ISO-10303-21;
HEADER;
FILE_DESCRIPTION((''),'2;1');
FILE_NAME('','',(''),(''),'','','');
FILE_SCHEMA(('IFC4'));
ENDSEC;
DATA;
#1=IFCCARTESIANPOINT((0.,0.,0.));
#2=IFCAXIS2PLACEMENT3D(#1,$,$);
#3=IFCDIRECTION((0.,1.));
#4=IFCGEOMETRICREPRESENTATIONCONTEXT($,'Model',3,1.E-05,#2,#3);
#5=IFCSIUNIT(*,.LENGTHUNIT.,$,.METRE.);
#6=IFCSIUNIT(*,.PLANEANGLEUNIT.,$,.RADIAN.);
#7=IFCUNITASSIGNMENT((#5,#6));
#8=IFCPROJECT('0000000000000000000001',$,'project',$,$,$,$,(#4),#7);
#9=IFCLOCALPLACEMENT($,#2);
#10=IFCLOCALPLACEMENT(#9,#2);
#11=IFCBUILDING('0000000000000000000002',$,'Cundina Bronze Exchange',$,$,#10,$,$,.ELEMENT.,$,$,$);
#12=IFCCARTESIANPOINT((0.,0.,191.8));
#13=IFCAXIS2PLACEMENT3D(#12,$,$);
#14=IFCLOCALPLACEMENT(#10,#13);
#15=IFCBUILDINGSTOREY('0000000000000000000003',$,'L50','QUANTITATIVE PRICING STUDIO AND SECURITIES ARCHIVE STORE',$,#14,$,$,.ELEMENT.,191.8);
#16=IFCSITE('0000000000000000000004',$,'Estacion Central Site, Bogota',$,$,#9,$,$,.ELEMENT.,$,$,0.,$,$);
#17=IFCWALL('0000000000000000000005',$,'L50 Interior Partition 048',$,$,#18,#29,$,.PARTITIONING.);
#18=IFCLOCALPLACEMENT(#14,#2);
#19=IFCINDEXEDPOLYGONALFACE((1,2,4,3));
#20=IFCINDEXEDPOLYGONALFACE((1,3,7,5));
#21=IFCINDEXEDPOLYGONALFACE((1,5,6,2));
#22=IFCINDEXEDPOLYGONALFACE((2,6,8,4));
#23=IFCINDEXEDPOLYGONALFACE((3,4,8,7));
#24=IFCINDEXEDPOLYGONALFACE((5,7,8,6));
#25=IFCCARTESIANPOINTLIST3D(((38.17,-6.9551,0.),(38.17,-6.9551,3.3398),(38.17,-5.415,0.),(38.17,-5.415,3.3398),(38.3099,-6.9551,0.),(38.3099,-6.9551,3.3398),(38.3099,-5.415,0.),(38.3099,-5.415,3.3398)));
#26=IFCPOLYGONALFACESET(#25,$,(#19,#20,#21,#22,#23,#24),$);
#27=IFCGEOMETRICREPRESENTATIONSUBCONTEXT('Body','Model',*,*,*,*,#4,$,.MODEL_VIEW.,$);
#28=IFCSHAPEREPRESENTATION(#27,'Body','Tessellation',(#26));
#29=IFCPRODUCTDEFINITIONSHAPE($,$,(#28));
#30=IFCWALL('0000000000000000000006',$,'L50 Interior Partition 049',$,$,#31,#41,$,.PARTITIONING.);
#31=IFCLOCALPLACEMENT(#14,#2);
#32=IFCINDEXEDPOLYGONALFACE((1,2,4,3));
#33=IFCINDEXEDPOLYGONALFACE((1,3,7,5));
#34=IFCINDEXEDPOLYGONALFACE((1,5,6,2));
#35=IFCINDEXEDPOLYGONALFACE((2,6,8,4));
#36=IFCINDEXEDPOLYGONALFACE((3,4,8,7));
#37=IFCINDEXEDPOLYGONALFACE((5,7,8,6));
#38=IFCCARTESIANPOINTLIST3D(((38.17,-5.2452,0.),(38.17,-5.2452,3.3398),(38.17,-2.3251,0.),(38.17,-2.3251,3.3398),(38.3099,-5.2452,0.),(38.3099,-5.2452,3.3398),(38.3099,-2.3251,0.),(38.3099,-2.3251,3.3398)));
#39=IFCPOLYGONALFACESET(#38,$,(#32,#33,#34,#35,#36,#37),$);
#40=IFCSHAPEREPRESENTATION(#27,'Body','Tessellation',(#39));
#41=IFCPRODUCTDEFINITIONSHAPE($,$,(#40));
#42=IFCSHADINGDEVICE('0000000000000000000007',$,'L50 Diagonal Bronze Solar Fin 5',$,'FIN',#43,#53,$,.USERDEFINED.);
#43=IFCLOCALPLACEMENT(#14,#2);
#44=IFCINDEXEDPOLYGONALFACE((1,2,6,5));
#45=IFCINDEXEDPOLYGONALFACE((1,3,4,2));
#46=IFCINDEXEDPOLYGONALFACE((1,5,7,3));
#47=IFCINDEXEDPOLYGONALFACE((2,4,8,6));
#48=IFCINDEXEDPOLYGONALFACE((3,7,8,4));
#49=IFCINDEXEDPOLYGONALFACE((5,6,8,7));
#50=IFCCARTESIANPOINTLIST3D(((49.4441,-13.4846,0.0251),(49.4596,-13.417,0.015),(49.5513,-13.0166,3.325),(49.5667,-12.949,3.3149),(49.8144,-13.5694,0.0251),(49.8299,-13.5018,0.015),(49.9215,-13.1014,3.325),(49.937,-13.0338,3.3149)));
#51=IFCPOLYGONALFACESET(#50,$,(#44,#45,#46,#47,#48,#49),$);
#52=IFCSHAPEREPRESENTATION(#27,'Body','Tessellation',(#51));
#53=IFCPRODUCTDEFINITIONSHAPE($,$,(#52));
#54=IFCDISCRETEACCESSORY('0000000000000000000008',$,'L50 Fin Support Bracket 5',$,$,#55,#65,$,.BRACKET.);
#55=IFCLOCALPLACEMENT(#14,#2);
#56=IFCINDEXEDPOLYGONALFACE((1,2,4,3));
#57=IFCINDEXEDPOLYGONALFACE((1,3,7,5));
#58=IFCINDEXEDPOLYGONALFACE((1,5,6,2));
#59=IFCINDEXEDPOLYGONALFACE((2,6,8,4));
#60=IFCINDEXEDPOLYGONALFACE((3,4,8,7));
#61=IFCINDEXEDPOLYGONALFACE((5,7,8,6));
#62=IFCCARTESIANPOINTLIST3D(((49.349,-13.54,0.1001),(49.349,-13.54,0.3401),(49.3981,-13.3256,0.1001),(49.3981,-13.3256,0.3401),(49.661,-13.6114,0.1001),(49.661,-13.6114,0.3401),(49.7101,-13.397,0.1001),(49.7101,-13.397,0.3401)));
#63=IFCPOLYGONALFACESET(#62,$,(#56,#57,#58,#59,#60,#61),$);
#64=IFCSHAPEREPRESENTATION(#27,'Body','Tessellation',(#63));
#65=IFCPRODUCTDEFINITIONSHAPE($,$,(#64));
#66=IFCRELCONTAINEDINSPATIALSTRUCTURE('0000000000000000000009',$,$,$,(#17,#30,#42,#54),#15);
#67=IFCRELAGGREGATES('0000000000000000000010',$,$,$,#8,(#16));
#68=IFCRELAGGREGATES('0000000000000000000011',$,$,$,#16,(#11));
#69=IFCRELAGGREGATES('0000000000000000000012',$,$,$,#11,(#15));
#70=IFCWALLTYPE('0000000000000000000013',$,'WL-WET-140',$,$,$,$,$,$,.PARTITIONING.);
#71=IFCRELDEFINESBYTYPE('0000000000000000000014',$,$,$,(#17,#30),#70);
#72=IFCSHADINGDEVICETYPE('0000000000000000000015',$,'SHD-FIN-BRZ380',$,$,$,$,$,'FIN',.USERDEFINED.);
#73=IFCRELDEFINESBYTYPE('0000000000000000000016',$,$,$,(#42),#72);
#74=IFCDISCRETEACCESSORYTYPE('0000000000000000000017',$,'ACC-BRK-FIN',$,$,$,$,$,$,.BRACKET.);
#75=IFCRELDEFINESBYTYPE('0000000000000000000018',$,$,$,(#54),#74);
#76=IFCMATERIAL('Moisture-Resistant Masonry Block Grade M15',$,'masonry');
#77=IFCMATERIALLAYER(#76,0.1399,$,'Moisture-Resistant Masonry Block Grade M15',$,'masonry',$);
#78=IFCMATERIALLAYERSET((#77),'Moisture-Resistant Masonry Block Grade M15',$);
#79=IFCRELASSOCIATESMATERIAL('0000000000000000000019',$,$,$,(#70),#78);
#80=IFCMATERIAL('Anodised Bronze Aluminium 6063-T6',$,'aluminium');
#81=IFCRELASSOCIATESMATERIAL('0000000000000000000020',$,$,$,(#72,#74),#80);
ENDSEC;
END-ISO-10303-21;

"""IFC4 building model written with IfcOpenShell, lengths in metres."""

from ifc_helpers import new_model, si_unit, direction, frame, frame_2d, origin, origin_2d, place, context, subcontext, project, spatial, rectangle, extrude, material, layer, layer_set, material_profile, profile_set, type_object, element, save


model = new_model("IFC4")

# Units and contexts
model_context = context("Model", 3, precision=1e-05, world=origin(), true_north=direction((0.0, 1.0)))
body_context = subcontext(model_context, "Body", "Model", "MODEL_VIEW")
ifc_project = project(units=[si_unit("LENGTHUNIT", "METRE"), si_unit("PLANEANGLEUNIT", "RADIAN")], contexts=[model_context])

# Site, building, storey
site_placement = place(None, origin())
site = spatial("IfcSite", under=ifc_project, at=site_placement, Name="Estacion Central Site, Bogota", CompositionType="ELEMENT", RefElevation=0.0)
building_placement = place(site_placement, origin())
building = spatial("IfcBuilding", under=site, at=building_placement, Name="Cundina Bronze Exchange", CompositionType="ELEMENT")
storey_placement = place(building_placement, frame((0.0, 0.0, 191.8)))
storey = spatial("IfcBuildingStorey", under=building, at=storey_placement, Name="L50", Description="QUANTITATIVE PRICING STUDIO AND SECURITIES ARCHIVE STORE", CompositionType="ELEMENT", Elevation=191.8)

# Shared definitions
ifc_material_1 = material(Name="Anodised Bronze Aluminium 6063-T6", Category="aluminium")

# Walls
ifc_material_2 = material(Name="Moisture-Resistant Masonry Block Grade M15", Category="masonry")
ifc_layer_1 = layer(ifc_material_2, 0.1399, Name="Moisture-Resistant Masonry Block Grade M15", Category="masonry")
ifc_layer_set_1 = layer_set([ifc_layer_1], Name="Moisture-Resistant Masonry Block Grade M15")
wall_type_1 = type_object("IfcWallType", Name="WL-WET-140", PredefinedType="PARTITIONING", material=ifc_layer_set_1)
wall_1_placement = place(storey_placement, frame((38.24, -6.9551, 0.0), z_axis=(0.0, 0.0, 1.0), x_axis=(0.0, 1.0, 0.0)))
element("IfcWall", 1, at=wall_1_placement, inside=storey, type_object=wall_type_1, Name="L50 Interior Partition 048", PredefinedType="PARTITIONING", context=body_context, shape_type="SweptSolid", body=[
    extrude(rectangle(XDim=1.54, YDim=0.1399, at=frame_2d((0.77, 0.0))), origin(), (0.0, 0.0, 1.0), 3.3398),
])
wall_2_placement = place(storey_placement, frame((38.24, -5.2451, 0.0), z_axis=(0.0, 0.0, 1.0), x_axis=(0.0, 1.0, 0.0)))
element("IfcWall", 2, at=wall_2_placement, inside=storey, type_object=wall_type_1, Name="L50 Interior Partition 049", PredefinedType="PARTITIONING", context=body_context, shape_type="SweptSolid", body=[
    extrude(rectangle(XDim=2.9202, YDim=0.1399, at=frame_2d((1.46, 0.0))), origin(), (0.0, 0.0, 1.0), 3.3398),
])

# Shading device
ifc_material_profile_1 = material_profile(ifc_material_1, rectangle(XDim=0.0701, YDim=0.3799, at=origin_2d()), Name="FIN70X380", Category="aluminium")
ifc_profile_set_1 = profile_set([ifc_material_profile_1], Name="Anodised Bronze Aluminium 6063-T6")
shading_device_type = type_object("IfcShadingDeviceType", Name="SHD-FIN-BRZ380", ElementType="FIN", PredefinedType="USERDEFINED", material=ifc_profile_set_1)
shading_device_placement = place(storey_placement, frame((49.637, -13.4932, 0.02), z_axis=(0.032139, 0.140344, 0.989581), x_axis=(-0.220899, -0.964611, 0.143977)))
element("IfcShadingDevice", 3, at=shading_device_placement, inside=storey, type_object=shading_device_type, Name="L50 Diagonal Bronze Solar Fin 5", ObjectType="FIN", PredefinedType="USERDEFINED", context=body_context, shape_type="SweptSolid", body=[
    extrude(rectangle(XDim=0.0701, YDim=0.3799, at=origin_2d()), origin(), (0.0, 0.0, 1.0), 3.3347),
])

# Discrete accessory
discrete_accessory_type = type_object("IfcDiscreteAccessoryType", Name="ACC-BRK-FIN", PredefinedType="BRACKET", material=ifc_material_1)
discrete_accessory_placement = place(storey_placement, frame((49.5295, -13.4685, 0.1001), z_axis=(0.0, 0.0, 1.0), x_axis=(0.223284, 0.974753, 0.0)))
element("IfcDiscreteAccessory", 4, at=discrete_accessory_placement, inside=storey, type_object=discrete_accessory_type, Name="L50 Fin Support Bracket 5", PredefinedType="BRACKET", context=body_context, shape_type="SweptSolid", body=[
    extrude(rectangle(XDim=0.22, YDim=0.3201, at=origin_2d()), origin(), (0.0, 0.0, 1.0), 0.24),
])

save(model, "model.ifc")
